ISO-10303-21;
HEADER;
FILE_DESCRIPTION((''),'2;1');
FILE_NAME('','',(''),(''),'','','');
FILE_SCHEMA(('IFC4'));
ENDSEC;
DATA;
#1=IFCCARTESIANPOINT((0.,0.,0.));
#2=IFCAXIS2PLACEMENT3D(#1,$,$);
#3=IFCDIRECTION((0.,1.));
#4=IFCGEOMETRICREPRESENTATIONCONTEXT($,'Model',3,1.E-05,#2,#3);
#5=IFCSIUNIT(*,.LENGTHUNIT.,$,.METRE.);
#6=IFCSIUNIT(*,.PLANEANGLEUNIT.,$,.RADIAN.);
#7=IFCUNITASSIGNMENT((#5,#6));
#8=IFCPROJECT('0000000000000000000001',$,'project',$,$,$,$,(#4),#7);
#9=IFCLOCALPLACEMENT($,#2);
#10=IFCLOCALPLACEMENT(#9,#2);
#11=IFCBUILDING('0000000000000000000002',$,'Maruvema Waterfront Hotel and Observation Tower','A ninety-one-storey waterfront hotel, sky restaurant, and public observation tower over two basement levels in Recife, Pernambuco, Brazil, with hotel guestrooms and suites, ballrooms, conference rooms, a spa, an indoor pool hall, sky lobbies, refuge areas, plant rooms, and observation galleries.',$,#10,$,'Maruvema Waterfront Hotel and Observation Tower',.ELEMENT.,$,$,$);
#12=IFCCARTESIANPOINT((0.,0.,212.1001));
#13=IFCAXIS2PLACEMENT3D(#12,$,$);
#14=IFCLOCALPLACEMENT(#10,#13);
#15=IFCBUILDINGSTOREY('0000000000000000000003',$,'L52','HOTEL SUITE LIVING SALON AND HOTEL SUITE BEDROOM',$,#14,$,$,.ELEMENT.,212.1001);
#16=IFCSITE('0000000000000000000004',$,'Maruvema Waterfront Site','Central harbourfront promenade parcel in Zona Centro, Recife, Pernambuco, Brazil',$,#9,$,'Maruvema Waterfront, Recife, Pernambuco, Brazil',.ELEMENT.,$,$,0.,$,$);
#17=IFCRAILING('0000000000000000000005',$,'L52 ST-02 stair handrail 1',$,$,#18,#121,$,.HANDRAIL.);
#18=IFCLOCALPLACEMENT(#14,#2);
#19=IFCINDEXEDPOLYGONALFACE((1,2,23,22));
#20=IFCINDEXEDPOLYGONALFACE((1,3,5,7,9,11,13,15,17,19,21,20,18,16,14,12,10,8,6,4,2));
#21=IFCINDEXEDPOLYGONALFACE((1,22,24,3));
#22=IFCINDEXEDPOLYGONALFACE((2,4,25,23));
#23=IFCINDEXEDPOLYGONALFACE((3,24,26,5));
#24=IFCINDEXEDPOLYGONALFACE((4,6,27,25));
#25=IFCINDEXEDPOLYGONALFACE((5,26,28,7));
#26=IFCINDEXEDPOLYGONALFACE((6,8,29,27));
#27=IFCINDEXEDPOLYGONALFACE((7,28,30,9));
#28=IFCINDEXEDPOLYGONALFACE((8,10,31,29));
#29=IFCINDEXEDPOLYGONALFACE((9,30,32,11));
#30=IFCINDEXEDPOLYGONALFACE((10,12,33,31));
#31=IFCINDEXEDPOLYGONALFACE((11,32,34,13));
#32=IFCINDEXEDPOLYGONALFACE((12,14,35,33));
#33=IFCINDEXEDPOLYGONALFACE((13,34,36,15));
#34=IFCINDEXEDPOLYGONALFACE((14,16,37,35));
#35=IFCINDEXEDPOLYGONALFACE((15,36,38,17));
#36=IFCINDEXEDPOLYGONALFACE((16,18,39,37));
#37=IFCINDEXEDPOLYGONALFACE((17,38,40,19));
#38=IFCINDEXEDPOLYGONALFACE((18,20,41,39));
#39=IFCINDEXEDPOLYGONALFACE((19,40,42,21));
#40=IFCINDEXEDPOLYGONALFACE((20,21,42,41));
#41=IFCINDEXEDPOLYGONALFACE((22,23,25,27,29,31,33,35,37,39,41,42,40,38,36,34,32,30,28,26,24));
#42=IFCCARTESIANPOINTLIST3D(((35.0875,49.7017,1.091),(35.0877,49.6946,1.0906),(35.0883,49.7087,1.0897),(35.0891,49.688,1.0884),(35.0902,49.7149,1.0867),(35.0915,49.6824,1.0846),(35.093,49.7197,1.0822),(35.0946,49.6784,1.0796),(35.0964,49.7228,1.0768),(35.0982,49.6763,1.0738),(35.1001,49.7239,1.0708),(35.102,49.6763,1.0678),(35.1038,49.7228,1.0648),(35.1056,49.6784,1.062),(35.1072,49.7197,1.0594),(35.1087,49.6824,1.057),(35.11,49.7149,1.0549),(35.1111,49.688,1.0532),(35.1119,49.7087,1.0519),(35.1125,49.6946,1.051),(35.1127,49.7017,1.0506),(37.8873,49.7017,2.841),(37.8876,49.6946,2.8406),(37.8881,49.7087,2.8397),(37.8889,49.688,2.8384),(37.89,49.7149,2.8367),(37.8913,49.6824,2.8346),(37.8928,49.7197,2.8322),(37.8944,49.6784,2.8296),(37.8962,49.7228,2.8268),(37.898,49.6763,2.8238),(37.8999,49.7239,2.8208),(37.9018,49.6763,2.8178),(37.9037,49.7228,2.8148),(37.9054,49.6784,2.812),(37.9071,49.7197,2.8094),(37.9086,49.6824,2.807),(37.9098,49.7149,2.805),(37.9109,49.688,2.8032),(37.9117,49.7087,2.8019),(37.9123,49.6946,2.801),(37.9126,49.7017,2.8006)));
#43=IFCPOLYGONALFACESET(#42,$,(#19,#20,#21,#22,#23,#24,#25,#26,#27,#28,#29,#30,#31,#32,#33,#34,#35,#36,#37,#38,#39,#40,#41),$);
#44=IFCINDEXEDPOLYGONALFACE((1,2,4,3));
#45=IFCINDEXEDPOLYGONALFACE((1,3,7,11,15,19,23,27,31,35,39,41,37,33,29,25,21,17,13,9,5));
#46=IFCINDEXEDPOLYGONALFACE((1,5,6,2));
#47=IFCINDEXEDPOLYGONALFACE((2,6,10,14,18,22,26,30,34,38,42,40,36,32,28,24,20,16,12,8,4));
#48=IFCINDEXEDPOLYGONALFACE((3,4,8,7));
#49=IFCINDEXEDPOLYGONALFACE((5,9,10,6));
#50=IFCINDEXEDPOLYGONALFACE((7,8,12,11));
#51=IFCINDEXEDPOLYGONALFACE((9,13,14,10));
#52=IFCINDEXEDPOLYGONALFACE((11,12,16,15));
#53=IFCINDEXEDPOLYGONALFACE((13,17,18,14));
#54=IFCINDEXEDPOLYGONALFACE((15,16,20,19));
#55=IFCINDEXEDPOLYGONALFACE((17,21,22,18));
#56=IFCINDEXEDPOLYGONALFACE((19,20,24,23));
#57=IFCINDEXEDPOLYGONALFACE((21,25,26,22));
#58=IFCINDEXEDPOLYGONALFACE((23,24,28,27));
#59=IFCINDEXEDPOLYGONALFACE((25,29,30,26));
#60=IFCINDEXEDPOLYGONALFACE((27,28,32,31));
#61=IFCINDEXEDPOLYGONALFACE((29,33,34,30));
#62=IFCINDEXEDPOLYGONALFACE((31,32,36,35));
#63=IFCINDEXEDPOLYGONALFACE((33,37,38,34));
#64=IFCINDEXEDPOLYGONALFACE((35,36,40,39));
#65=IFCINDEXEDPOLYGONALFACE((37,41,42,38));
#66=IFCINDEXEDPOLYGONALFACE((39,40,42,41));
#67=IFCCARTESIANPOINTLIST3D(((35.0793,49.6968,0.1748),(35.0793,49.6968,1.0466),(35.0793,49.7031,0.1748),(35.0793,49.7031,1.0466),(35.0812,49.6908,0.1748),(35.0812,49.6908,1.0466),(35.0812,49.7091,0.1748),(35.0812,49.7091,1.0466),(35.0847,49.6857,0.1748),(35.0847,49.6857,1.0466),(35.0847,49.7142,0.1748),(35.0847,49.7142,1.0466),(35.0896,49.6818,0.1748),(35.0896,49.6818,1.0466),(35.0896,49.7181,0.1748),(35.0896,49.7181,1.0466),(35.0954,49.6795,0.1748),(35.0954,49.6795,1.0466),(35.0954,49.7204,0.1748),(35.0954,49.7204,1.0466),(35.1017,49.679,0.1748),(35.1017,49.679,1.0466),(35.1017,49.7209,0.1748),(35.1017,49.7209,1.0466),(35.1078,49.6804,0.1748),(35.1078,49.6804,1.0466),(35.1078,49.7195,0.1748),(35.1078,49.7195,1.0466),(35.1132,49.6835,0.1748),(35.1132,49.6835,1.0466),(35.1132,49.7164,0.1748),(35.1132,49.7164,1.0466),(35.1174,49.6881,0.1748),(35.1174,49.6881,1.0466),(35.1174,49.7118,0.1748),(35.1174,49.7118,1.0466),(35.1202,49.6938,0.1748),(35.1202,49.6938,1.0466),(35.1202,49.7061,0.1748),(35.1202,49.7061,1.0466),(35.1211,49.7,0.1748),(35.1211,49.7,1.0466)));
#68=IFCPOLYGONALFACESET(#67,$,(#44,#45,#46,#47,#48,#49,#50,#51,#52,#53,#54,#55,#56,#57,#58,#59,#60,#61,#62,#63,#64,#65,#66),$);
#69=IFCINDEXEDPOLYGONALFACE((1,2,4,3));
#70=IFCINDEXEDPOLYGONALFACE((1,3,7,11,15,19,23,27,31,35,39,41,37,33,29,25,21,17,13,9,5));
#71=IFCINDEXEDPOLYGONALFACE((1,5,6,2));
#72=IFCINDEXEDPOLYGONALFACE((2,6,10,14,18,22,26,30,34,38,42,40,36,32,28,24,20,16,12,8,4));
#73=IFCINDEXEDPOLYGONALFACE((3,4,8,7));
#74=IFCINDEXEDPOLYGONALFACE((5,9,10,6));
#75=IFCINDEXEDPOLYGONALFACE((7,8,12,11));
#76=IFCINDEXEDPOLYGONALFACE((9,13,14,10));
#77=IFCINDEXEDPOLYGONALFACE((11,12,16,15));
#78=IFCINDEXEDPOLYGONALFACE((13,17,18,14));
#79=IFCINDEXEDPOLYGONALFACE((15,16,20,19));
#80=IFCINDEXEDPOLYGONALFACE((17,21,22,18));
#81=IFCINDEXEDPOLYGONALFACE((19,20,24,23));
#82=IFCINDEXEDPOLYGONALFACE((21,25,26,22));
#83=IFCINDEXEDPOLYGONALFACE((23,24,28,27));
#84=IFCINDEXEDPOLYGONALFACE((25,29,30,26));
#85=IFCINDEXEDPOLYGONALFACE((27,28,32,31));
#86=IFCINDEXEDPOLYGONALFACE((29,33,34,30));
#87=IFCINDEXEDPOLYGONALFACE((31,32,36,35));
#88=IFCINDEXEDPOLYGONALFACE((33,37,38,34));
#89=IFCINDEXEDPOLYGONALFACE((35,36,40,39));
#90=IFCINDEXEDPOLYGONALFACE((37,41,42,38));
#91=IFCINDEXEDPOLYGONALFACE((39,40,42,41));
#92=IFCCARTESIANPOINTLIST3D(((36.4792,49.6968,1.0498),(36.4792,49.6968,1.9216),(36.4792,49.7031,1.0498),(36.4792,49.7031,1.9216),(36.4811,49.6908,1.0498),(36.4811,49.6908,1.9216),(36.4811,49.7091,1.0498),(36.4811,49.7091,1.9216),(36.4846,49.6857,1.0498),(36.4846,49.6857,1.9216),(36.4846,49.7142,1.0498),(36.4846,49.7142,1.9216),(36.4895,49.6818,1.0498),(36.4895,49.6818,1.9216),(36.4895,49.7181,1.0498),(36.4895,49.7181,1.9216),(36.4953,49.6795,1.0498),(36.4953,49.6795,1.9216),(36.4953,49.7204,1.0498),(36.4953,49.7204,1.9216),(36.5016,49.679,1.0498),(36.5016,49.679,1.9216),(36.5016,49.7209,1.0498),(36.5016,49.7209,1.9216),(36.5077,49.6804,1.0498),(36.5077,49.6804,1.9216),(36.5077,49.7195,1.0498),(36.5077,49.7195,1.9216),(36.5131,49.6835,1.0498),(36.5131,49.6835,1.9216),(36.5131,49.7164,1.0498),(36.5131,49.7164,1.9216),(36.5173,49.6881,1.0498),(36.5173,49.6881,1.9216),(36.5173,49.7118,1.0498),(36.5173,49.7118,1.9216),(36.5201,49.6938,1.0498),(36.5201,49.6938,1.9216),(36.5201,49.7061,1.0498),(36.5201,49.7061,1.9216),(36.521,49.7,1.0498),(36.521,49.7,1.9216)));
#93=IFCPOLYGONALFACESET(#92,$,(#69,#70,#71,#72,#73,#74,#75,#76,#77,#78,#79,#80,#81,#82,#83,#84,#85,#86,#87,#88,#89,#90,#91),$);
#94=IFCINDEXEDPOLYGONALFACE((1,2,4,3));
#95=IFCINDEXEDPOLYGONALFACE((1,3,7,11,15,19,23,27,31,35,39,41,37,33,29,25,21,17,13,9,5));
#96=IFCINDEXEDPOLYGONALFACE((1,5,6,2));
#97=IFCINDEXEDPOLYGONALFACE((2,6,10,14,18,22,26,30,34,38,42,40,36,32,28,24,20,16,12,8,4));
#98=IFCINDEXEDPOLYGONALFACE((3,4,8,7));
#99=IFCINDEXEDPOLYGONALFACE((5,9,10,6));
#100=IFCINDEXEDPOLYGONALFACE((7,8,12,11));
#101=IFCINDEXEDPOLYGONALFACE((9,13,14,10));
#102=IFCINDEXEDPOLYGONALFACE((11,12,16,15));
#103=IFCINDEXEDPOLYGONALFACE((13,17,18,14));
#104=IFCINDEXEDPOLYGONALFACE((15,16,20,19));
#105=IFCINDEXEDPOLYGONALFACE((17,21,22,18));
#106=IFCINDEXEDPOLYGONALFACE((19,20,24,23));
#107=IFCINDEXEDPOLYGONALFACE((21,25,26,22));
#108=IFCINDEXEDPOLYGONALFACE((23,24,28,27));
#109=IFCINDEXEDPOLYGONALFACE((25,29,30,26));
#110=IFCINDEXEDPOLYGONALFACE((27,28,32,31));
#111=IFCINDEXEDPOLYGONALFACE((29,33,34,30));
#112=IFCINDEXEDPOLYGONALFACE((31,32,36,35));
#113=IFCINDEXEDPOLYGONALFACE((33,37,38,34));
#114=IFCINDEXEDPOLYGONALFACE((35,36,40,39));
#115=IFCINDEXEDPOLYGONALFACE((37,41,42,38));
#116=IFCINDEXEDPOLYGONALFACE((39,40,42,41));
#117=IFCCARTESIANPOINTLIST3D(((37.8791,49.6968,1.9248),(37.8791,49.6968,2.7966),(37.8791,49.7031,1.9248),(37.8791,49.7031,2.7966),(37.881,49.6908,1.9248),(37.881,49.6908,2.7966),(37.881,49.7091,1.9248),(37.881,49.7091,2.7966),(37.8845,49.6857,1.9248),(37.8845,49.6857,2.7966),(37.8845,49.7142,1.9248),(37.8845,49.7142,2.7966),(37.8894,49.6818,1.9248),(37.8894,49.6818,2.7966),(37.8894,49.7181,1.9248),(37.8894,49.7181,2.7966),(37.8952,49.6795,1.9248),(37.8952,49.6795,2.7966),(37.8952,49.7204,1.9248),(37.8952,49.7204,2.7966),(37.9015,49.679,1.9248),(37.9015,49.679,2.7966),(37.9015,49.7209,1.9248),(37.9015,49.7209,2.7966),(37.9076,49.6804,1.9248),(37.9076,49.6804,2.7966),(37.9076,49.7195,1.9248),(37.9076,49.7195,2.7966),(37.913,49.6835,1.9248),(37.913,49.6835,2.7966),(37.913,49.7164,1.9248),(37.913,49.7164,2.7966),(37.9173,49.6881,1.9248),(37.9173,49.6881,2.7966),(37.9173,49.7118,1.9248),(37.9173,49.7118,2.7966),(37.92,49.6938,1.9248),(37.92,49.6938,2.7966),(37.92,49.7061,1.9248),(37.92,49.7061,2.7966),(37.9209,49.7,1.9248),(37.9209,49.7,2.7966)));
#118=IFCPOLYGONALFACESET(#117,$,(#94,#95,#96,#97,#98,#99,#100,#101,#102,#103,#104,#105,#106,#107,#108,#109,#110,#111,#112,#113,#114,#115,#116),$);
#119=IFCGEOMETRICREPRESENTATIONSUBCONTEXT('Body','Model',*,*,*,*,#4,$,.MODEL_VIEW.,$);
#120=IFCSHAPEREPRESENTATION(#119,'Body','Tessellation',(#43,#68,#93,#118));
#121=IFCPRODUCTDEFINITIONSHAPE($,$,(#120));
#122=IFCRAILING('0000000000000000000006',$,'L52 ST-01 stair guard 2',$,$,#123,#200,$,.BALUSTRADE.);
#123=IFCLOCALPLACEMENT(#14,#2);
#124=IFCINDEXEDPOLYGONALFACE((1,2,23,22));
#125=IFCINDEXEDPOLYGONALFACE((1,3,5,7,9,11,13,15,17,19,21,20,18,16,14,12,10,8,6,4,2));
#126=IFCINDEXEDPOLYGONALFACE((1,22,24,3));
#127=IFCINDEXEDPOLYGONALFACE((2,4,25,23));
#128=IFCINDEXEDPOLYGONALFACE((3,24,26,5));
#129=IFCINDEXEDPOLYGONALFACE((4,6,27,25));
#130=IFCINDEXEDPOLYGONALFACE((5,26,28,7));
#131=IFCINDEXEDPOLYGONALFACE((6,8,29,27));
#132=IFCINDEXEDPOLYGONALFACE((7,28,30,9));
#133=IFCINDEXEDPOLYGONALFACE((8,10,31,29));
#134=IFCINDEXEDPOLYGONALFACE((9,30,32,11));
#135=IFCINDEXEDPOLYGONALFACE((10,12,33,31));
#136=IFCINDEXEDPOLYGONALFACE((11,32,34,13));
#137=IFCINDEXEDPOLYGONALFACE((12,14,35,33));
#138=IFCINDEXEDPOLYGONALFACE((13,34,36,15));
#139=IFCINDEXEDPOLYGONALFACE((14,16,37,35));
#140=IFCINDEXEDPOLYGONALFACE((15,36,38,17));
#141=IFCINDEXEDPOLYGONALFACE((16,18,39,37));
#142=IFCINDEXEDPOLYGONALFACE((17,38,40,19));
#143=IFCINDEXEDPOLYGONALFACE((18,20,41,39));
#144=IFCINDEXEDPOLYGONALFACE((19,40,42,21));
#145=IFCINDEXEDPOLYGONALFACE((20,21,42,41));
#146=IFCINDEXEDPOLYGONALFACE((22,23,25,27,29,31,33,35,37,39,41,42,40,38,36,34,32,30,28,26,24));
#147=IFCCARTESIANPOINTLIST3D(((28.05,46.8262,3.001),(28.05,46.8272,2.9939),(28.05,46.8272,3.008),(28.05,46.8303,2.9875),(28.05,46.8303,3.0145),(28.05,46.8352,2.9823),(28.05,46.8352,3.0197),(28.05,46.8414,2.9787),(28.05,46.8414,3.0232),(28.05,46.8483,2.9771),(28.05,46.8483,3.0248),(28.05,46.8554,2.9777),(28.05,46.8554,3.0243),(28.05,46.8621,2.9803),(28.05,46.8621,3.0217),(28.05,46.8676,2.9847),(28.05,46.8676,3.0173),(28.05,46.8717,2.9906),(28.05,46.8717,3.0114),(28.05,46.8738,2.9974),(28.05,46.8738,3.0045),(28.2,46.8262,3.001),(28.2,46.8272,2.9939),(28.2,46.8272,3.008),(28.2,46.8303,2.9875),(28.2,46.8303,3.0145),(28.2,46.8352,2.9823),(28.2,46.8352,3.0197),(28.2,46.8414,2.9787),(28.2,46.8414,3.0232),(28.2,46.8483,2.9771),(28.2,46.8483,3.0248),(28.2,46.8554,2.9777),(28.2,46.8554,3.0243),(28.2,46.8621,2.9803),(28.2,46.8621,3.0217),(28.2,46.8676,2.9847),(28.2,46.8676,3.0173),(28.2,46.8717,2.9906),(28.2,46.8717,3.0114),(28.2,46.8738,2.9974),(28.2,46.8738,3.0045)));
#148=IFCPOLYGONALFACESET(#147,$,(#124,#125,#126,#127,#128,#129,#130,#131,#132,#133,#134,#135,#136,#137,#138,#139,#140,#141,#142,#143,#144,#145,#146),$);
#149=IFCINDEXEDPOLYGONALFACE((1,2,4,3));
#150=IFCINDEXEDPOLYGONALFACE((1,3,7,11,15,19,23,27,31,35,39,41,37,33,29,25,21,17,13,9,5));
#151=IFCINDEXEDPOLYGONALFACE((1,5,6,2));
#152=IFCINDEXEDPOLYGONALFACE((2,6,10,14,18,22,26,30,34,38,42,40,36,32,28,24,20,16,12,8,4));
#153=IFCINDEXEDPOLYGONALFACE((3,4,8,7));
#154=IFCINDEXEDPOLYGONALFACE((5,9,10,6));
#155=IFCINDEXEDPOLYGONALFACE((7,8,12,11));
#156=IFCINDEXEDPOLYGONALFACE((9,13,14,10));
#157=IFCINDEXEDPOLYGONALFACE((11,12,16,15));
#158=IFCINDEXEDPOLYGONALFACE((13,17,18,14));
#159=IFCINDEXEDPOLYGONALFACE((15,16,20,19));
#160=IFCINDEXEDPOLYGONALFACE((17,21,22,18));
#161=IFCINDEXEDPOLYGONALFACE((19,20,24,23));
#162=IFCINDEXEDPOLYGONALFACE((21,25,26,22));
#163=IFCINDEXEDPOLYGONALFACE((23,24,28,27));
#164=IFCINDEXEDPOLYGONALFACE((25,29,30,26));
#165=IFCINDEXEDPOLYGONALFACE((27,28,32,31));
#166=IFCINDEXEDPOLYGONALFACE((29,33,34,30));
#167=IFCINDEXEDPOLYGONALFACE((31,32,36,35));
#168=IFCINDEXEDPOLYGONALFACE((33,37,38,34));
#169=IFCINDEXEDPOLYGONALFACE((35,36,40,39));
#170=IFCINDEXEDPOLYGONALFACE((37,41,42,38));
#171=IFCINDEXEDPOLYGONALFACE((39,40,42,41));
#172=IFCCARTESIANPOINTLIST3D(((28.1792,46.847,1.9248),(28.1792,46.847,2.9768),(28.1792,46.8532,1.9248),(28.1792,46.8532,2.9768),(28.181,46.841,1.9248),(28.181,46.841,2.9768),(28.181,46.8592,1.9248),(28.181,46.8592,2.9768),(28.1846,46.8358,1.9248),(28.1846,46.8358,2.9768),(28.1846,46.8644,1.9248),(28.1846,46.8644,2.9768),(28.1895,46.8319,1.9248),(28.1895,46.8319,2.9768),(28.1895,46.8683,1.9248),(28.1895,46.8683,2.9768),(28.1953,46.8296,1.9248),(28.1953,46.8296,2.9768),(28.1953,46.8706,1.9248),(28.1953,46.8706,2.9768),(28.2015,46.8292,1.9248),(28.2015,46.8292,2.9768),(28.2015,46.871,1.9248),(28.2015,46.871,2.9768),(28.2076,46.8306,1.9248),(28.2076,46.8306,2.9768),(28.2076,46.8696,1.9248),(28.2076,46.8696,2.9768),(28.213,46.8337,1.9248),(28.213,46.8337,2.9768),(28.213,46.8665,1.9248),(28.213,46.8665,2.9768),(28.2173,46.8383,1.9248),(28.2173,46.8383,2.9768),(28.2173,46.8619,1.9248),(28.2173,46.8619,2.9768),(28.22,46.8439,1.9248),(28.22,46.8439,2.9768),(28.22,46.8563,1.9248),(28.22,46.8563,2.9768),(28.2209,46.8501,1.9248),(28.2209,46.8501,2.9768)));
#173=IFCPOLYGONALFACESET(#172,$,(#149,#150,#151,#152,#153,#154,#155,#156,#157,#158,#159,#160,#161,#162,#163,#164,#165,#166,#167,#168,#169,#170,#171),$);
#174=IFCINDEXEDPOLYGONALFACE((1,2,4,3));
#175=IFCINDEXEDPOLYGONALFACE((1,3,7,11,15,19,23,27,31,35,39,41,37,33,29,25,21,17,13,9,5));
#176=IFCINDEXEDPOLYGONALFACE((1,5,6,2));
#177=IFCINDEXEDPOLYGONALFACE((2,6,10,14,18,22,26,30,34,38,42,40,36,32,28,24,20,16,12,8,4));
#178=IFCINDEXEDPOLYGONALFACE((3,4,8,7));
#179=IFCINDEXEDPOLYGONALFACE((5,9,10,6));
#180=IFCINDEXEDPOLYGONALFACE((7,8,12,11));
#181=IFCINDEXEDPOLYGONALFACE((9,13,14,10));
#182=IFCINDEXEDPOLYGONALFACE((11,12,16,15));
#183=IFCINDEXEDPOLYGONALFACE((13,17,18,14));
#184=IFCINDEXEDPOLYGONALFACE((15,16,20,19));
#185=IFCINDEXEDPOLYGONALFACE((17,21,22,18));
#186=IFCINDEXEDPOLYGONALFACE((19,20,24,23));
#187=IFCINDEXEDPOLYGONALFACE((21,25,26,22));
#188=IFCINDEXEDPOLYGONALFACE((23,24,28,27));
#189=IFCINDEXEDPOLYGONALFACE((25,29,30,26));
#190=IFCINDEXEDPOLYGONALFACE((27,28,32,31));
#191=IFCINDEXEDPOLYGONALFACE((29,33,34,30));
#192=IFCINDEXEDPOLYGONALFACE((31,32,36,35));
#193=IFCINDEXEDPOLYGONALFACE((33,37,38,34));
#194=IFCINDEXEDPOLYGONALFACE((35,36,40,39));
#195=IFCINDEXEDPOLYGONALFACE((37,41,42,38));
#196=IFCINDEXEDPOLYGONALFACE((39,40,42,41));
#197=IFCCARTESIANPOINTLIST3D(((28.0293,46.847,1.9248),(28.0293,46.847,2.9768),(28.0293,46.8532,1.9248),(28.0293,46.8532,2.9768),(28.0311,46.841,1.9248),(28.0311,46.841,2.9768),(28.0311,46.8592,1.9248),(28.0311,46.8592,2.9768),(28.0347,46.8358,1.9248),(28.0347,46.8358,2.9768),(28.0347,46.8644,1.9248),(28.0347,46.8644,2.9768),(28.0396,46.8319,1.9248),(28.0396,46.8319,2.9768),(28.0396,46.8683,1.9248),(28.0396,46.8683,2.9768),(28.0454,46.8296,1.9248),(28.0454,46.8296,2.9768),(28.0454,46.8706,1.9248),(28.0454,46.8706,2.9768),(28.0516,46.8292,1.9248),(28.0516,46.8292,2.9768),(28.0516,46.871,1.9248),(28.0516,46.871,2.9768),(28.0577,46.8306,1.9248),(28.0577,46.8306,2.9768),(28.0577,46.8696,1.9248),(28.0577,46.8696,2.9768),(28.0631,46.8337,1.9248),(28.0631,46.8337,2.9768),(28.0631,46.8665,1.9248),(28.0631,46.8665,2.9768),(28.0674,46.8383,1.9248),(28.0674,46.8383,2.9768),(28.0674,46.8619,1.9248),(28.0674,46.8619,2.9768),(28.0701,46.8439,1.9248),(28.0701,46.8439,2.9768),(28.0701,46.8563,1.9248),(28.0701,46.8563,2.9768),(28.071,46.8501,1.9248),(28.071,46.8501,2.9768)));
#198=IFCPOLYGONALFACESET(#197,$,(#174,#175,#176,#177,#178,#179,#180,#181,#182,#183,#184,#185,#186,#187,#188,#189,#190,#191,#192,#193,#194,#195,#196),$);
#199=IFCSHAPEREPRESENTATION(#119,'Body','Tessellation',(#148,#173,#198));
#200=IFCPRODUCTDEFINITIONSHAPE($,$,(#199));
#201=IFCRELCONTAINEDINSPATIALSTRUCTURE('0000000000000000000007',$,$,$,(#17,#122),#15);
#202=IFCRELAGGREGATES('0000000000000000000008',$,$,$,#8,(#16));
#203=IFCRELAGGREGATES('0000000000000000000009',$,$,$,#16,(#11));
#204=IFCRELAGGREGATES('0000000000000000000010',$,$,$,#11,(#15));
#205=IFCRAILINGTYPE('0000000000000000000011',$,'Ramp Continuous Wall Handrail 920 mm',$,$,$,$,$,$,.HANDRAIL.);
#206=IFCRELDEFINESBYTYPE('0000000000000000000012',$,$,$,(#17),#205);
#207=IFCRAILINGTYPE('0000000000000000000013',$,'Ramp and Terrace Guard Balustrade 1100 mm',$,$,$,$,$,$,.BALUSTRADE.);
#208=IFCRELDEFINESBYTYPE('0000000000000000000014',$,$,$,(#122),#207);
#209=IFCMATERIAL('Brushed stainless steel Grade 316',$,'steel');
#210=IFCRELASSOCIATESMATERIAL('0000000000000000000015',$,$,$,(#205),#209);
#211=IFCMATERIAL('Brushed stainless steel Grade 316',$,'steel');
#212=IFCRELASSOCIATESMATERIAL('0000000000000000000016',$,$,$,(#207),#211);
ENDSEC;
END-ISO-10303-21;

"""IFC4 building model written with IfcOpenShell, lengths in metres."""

from ifc_helpers import new_model, si_unit, direction, frame, origin, origin_2d, place, context, subcontext, project, spatial, circle, extrude, material, type_object, element, save


model = new_model("IFC4")

# Units and contexts
model_context = context("Model", 3, precision=1e-05, world=origin(), true_north=direction((0.0, 1.0)))
body_context = subcontext(model_context, "Body", "Model", "MODEL_VIEW")
ifc_project = project(units=[si_unit("LENGTHUNIT", "METRE"), si_unit("PLANEANGLEUNIT", "RADIAN")], contexts=[model_context])

# Site, building, storey
site_placement = place(None, origin())
site = spatial("IfcSite", under=ifc_project, at=site_placement, Name="Maruvema Waterfront Site", Description="Central harbourfront promenade parcel in Zona Centro, Recife, Pernambuco, Brazil", LongName="Maruvema Waterfront, Recife, Pernambuco, Brazil", CompositionType="ELEMENT", RefElevation=0.0)
building_placement = place(site_placement, origin())
building = spatial("IfcBuilding", under=site, at=building_placement, Name="Maruvema Waterfront Hotel and Observation Tower", Description="A ninety-one-storey waterfront hotel, sky restaurant, and public observation tower over two basement levels in Recife, Pernambuco, Brazil, with hotel guestrooms and suites, ballrooms, conference rooms, a spa, an indoor pool hall, sky lobbies, refuge areas, plant rooms, and observation galleries.", LongName="Maruvema Waterfront Hotel and Observation Tower", CompositionType="ELEMENT")
storey_placement = place(building_placement, frame((0.0, 0.0, 212.1001)))
storey = spatial("IfcBuildingStorey", under=building, at=storey_placement, Name="L52", Description="HOTEL SUITE LIVING SALON AND HOTEL SUITE BEDROOM", CompositionType="ELEMENT", Elevation=212.1001)

# Railings
ifc_material_1 = material(Name="Brushed stainless steel Grade 316", Category="steel")
railing_type_1 = type_object("IfcRailingType", Name="Ramp Continuous Wall Handrail 920 mm", PredefinedType="HANDRAIL", material=ifc_material_1)
railing_1_placement = place(storey_placement, frame((35.1001, 49.7, 0.1748)))
element("IfcRailing", 1, at=railing_1_placement, inside=storey, type_object=railing_type_1, Name="L52 ST-02 stair handrail 1", PredefinedType="HANDRAIL", context=body_context, shape_type="SweptSolid", body=[
    extrude(circle(Radius=0.0239, at=origin_2d()), frame((0.0, 0.0, 0.896), z_axis=(0.847982, 0.0, 0.530026), x_axis=(0.0, 1.0, 0.0)), (0.0, 0.0, 1.0), 3.3018),
    extrude(circle(Radius=0.021, at=origin_2d()), origin(), (0.0, 0.0, 1.0), 0.8718),
    extrude(circle(Radius=0.021, at=origin_2d()), frame((1.3999, 0.0, 0.875)), (0.0, 0.0, 1.0), 0.8718),
    extrude(circle(Radius=0.021, at=origin_2d()), frame((2.7998, 0.0, 1.75)), (0.0, 0.0, 1.0), 0.8718),
])
ifc_material_2 = material(Name="Brushed stainless steel Grade 316", Category="steel")
railing_type_2 = type_object("IfcRailingType", Name="Ramp and Terrace Guard Balustrade 1100 mm", PredefinedType="BALUSTRADE", material=ifc_material_2)
railing_2_placement = place(storey_placement, frame((28.2, 46.8501, 1.9248)))
element("IfcRailing", 2, at=railing_2_placement, inside=storey, type_object=railing_type_2, Name="L52 ST-01 stair guard 2", PredefinedType="BALUSTRADE", context=body_context, shape_type="SweptSolid", body=[
    extrude(circle(Radius=0.0239, at=origin_2d()), frame((0.0, 0.0, 1.0762), z_axis=(-1.0, 0.0, 0.0), x_axis=(0.0, -1.0, 0.0)), (0.0, 0.0, 1.0), 0.1499),
    extrude(circle(Radius=0.021, at=origin_2d()), origin(), (0.0, 0.0, 1.0), 1.052),
    extrude(circle(Radius=0.021, at=origin_2d()), frame((-0.1499, 0.0, 0.0)), (0.0, 0.0, 1.0), 1.052),
])

save(model, "model.ifc")
